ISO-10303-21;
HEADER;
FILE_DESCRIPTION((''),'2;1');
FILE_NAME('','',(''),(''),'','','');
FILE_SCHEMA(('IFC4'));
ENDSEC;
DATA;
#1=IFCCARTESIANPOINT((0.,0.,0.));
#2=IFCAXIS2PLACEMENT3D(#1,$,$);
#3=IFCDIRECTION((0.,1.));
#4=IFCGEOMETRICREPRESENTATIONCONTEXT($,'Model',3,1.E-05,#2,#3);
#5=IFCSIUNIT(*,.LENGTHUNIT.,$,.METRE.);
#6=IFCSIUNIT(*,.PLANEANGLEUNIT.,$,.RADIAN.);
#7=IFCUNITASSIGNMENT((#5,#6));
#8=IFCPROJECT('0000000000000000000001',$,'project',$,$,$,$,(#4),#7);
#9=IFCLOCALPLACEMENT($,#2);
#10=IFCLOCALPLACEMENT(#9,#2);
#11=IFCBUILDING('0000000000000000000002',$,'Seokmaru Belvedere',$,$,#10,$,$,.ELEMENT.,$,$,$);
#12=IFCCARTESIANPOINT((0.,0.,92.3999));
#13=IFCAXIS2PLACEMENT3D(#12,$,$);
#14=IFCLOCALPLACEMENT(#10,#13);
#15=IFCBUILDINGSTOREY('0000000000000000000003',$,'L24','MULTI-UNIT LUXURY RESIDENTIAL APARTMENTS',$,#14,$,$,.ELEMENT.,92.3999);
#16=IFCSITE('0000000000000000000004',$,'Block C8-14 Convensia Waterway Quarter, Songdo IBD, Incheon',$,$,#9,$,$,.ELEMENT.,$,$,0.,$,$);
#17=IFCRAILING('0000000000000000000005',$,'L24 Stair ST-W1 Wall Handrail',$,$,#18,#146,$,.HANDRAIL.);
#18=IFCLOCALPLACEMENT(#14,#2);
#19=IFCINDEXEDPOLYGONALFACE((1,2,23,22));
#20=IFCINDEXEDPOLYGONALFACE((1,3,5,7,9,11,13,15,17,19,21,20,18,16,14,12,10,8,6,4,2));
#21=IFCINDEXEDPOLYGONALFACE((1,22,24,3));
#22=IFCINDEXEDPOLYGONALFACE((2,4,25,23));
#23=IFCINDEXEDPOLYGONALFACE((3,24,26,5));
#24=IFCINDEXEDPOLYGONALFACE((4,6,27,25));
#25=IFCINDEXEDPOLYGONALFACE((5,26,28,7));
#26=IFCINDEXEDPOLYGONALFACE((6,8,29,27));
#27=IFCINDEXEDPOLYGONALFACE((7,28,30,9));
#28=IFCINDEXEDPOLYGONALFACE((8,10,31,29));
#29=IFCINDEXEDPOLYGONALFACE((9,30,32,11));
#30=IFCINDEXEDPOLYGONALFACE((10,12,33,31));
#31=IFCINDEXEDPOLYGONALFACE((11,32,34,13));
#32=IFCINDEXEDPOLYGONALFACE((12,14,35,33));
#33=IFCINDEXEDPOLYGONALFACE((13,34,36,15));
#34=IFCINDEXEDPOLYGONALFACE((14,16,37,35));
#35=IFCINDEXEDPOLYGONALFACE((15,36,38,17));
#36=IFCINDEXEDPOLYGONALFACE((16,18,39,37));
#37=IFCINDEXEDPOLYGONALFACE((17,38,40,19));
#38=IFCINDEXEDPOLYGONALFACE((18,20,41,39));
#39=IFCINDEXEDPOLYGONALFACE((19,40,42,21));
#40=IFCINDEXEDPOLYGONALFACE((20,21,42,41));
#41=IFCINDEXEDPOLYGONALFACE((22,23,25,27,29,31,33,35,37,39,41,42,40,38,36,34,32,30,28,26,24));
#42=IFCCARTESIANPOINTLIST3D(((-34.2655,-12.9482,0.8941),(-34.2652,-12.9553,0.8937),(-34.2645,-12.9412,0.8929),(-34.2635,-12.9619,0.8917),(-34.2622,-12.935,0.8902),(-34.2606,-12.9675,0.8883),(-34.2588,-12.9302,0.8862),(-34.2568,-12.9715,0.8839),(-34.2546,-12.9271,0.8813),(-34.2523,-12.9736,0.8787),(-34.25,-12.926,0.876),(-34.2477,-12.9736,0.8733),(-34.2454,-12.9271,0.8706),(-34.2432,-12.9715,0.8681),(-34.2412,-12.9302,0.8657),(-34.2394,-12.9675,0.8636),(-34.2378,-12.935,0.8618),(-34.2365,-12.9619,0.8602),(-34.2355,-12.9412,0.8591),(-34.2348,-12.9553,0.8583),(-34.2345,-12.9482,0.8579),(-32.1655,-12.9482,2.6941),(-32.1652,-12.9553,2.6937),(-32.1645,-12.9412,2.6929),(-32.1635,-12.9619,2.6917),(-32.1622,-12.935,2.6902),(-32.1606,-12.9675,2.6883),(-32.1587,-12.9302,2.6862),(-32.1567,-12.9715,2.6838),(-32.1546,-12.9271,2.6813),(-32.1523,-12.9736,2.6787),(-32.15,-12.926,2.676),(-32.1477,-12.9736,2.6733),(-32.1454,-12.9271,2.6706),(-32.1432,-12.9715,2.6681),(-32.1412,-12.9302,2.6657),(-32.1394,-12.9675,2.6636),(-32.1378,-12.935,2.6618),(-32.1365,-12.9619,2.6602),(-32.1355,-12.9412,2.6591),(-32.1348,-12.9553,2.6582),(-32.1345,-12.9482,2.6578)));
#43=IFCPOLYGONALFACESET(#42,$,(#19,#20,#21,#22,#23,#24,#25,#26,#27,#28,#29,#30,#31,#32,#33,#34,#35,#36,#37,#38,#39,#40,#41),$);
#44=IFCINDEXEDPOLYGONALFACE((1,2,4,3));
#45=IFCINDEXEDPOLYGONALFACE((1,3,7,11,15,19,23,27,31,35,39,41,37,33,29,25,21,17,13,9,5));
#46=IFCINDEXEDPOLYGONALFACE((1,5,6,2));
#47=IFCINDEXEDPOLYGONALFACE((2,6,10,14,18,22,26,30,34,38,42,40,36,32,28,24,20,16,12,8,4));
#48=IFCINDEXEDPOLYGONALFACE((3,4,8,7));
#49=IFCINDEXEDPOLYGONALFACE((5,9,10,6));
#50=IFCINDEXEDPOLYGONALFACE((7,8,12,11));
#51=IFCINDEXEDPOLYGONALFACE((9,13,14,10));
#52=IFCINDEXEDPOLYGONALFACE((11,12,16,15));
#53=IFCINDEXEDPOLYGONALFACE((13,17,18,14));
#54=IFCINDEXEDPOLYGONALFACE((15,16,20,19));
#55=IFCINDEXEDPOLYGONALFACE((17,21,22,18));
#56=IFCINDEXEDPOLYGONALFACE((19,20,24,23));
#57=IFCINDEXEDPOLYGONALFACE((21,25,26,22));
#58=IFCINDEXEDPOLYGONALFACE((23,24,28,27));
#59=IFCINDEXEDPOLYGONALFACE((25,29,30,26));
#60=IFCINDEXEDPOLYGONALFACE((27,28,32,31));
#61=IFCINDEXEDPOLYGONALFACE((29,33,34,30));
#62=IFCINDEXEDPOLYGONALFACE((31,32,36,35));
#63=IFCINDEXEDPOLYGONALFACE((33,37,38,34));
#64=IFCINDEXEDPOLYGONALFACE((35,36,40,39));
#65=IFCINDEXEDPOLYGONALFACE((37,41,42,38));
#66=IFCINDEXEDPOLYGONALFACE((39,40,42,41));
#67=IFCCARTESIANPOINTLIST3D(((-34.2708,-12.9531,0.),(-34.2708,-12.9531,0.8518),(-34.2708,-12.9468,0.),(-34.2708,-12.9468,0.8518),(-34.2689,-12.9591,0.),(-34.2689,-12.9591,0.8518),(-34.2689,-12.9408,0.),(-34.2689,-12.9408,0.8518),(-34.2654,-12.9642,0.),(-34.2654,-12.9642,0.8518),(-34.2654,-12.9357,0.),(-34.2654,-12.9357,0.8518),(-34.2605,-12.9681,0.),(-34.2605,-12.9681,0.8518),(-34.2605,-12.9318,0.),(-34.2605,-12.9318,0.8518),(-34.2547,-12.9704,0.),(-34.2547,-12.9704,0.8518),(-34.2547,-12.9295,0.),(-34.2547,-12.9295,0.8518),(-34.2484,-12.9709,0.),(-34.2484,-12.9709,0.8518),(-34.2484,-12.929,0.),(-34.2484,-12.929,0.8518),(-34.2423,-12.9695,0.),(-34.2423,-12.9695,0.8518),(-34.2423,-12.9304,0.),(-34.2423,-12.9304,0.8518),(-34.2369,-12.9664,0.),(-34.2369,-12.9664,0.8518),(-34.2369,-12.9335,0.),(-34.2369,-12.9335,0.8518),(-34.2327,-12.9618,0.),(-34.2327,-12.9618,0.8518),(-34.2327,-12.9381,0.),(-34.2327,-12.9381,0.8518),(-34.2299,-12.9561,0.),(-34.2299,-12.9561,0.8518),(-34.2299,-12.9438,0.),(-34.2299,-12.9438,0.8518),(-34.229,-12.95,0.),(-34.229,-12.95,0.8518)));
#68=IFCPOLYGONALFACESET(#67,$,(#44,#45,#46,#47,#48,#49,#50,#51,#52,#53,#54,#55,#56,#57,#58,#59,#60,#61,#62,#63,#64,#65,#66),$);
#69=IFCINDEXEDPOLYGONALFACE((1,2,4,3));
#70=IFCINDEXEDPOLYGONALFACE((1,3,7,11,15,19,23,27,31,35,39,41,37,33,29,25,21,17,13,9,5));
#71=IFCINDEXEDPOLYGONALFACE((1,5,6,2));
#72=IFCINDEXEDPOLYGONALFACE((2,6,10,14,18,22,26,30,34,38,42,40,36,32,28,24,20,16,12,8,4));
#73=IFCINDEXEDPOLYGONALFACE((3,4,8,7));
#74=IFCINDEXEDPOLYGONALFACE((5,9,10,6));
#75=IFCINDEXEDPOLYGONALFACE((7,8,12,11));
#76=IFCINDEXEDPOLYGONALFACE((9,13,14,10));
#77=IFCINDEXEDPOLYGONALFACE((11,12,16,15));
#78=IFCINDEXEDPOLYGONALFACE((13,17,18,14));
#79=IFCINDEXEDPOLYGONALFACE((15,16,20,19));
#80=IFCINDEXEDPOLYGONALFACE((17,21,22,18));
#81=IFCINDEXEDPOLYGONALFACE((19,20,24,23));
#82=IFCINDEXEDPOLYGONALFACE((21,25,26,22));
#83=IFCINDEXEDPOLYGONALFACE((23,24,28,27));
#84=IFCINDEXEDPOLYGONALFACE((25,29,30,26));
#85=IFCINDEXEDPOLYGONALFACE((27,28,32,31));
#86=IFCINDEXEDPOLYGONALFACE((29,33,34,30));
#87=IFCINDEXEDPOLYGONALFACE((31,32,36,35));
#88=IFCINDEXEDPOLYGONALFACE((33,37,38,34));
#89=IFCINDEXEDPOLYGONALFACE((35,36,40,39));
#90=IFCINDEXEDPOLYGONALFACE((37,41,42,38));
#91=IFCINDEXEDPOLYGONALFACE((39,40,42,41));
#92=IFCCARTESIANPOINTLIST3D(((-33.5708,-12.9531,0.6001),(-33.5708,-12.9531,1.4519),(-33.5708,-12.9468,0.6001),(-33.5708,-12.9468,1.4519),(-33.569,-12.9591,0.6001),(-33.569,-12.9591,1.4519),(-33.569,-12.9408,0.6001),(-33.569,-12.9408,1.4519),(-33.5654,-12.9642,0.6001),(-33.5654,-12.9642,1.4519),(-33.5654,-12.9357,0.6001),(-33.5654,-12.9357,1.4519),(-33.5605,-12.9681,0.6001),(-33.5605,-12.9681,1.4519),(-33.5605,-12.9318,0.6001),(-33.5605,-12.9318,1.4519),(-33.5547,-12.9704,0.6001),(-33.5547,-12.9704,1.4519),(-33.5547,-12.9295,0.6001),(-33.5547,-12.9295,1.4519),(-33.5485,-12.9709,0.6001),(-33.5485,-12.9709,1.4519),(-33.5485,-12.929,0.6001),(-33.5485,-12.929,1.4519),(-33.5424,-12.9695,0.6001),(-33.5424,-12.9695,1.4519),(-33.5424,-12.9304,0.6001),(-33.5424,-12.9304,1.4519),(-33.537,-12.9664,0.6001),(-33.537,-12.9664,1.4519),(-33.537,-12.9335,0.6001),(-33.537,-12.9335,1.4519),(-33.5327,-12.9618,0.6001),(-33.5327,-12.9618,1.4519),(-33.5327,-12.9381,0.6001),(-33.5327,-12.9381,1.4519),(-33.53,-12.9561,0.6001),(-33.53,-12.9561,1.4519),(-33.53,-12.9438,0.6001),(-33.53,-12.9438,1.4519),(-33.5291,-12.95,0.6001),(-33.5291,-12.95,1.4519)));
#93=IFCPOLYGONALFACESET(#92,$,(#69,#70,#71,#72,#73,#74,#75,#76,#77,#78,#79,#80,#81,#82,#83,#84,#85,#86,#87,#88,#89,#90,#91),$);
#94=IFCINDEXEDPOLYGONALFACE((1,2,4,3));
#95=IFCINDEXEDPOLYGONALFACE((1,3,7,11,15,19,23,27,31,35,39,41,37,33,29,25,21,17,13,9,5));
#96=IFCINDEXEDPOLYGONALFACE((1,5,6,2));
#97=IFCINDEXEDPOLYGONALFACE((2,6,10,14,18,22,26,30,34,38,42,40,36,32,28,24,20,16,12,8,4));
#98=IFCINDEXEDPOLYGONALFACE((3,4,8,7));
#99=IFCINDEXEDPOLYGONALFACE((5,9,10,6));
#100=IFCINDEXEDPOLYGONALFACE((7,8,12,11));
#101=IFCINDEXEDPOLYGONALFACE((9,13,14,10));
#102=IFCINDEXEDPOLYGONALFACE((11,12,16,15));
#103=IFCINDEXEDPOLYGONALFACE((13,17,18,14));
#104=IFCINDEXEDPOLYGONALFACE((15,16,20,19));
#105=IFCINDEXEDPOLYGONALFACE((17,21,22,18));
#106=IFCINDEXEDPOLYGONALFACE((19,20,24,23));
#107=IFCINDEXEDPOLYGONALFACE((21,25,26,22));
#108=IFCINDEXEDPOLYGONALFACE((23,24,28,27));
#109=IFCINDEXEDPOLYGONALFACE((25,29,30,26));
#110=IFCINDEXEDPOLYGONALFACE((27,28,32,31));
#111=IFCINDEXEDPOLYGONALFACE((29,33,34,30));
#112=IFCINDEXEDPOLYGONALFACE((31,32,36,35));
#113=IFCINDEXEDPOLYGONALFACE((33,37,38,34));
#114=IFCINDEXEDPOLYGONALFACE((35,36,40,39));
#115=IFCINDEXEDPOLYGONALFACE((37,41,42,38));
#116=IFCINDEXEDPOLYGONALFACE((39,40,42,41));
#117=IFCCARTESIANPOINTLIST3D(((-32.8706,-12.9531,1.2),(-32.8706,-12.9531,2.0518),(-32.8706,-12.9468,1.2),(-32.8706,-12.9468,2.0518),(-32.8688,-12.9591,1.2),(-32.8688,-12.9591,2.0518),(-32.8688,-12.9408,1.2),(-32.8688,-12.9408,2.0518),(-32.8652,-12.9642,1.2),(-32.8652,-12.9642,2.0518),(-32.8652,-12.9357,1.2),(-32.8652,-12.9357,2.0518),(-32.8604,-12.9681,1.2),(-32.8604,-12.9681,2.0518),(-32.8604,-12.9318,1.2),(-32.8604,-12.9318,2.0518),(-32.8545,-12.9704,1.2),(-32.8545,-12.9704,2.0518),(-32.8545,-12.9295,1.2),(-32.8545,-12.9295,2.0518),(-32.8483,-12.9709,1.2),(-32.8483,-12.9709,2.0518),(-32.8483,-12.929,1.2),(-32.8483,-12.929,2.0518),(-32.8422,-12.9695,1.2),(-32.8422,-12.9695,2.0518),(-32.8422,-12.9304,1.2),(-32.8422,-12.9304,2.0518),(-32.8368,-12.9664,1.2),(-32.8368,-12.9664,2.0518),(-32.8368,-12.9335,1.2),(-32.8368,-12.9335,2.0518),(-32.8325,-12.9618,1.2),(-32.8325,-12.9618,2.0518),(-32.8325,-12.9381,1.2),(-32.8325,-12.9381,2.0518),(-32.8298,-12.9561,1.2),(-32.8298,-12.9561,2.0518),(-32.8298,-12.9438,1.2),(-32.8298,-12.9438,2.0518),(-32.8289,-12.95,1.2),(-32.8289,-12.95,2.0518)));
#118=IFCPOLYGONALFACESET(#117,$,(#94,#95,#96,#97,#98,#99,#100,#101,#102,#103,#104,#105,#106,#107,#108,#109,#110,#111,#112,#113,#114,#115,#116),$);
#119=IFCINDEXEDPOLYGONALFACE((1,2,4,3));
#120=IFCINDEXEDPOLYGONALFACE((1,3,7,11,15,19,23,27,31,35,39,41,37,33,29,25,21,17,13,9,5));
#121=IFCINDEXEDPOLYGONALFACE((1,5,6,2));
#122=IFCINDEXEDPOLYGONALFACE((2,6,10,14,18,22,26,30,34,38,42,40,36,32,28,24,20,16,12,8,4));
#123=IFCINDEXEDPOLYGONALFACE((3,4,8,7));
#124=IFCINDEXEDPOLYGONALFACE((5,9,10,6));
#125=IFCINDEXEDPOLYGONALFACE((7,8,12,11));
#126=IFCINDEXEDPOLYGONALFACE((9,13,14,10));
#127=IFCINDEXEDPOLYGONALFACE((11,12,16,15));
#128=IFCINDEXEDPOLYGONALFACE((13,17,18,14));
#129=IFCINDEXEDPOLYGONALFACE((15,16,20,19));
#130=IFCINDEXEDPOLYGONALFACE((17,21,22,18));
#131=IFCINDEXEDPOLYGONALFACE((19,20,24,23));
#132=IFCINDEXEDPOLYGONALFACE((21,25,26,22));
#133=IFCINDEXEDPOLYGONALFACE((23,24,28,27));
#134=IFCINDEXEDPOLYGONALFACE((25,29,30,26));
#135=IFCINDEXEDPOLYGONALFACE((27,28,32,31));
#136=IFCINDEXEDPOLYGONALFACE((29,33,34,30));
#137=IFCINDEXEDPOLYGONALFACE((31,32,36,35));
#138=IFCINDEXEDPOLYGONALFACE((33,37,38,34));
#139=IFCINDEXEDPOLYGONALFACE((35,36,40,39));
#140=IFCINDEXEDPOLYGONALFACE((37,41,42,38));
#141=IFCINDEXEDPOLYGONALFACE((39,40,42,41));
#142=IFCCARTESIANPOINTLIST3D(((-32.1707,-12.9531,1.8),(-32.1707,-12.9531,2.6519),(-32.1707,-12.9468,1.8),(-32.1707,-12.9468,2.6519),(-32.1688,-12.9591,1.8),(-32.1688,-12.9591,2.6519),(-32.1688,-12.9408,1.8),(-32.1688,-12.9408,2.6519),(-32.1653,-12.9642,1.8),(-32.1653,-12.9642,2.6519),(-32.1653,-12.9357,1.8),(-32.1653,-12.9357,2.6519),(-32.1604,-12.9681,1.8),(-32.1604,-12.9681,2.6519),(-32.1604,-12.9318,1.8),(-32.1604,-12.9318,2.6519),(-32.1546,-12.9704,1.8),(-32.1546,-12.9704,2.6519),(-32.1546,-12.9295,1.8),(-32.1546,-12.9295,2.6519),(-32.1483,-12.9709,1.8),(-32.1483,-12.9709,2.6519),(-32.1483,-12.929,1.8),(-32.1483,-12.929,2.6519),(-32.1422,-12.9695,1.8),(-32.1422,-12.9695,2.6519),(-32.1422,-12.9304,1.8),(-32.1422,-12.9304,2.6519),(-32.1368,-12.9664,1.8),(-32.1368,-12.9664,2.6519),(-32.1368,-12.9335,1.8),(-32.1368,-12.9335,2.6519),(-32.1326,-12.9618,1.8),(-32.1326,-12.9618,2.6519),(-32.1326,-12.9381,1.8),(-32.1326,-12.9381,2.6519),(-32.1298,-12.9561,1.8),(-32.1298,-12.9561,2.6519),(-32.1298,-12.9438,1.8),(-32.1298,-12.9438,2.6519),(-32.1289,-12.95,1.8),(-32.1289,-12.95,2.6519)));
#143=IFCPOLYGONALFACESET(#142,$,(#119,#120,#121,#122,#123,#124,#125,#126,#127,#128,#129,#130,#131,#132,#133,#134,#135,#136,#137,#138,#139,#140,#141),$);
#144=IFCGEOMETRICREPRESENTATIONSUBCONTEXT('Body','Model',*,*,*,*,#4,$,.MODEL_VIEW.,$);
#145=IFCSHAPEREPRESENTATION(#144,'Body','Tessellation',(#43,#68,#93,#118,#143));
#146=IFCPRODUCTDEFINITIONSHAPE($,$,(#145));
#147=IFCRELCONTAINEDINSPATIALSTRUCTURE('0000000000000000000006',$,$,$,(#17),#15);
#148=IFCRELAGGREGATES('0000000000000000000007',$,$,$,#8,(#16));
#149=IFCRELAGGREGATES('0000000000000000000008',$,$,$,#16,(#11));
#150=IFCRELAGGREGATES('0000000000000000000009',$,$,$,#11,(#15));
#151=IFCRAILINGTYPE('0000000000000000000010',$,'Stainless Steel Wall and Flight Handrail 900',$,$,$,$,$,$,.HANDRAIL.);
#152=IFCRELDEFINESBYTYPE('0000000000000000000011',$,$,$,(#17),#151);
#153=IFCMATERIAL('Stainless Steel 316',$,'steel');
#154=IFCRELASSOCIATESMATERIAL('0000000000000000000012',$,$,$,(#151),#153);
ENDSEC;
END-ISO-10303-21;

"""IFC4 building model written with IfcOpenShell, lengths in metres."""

from ifc_helpers import new_model, si_unit, direction, frame, origin, origin_2d, place, context, subcontext, project, spatial, circle, extrude, material, type_object, element, save


model = new_model("IFC4")

# Units and contexts
model_context = context("Model", 3, precision=1e-05, world=origin(), true_north=direction((0.0, 1.0)))
body_context = subcontext(model_context, "Body", "Model", "MODEL_VIEW")
ifc_project = project(units=[si_unit("LENGTHUNIT", "METRE"), si_unit("PLANEANGLEUNIT", "RADIAN")], contexts=[model_context])

# Site, building, storey
site_placement = place(None, origin())
site = spatial("IfcSite", under=ifc_project, at=site_placement, Name="Block C8-14 Convensia Waterway Quarter, Songdo IBD, Incheon", CompositionType="ELEMENT", RefElevation=0.0)
building_placement = place(site_placement, origin())
building = spatial("IfcBuilding", under=site, at=building_placement, Name="Seokmaru Belvedere", CompositionType="ELEMENT")
storey_placement = place(building_placement, frame((0.0, 0.0, 92.3999)))
storey = spatial("IfcBuildingStorey", under=building, at=storey_placement, Name="L24", Description="MULTI-UNIT LUXURY RESIDENTIAL APARTMENTS", CompositionType="ELEMENT", Elevation=92.3999)

# Shared definitions
ifc_material_1 = material(Name="Stainless Steel 316", Category="steel")

# Railing
railing_type_1 = type_object("IfcRailingType", Name="Stainless Steel Wall and Flight Handrail 900", PredefinedType="HANDRAIL", material=ifc_material_1)
railing_1_placement = place(storey_placement, frame((-34.25, -12.95, 0.0)))
element("IfcRailing", 1, at=railing_1_placement, inside=storey, type_object=railing_type_1, Name="L24 Stair ST-W1 Wall Handrail", PredefinedType="HANDRAIL", context=body_context, shape_type="SweptSolid", body=[
    extrude(circle(Radius=0.0239, at=origin_2d()), frame((0.0, 0.0, 0.876), z_axis=(0.759263, 0.0, 0.650784), x_axis=(0.0, 1.0, 0.0)), (0.0, 0.0, 1.0), 2.7659),
    extrude(circle(Radius=0.021, at=origin_2d()), origin(), (0.0, 0.0, 1.0), 0.8518),
    extrude(circle(Radius=0.021, at=origin_2d()), frame((0.7, 0.0, 0.6001)), (0.0, 0.0, 1.0), 0.8518),
    extrude(circle(Radius=0.021, at=origin_2d()), frame((1.4001, 0.0, 1.2)), (0.0, 0.0, 1.0), 0.8518),
    extrude(circle(Radius=0.021, at=origin_2d()), frame((2.1001, 0.0, 1.8)), (0.0, 0.0, 1.0), 0.8518),
])

save(model, "model.ifc")
